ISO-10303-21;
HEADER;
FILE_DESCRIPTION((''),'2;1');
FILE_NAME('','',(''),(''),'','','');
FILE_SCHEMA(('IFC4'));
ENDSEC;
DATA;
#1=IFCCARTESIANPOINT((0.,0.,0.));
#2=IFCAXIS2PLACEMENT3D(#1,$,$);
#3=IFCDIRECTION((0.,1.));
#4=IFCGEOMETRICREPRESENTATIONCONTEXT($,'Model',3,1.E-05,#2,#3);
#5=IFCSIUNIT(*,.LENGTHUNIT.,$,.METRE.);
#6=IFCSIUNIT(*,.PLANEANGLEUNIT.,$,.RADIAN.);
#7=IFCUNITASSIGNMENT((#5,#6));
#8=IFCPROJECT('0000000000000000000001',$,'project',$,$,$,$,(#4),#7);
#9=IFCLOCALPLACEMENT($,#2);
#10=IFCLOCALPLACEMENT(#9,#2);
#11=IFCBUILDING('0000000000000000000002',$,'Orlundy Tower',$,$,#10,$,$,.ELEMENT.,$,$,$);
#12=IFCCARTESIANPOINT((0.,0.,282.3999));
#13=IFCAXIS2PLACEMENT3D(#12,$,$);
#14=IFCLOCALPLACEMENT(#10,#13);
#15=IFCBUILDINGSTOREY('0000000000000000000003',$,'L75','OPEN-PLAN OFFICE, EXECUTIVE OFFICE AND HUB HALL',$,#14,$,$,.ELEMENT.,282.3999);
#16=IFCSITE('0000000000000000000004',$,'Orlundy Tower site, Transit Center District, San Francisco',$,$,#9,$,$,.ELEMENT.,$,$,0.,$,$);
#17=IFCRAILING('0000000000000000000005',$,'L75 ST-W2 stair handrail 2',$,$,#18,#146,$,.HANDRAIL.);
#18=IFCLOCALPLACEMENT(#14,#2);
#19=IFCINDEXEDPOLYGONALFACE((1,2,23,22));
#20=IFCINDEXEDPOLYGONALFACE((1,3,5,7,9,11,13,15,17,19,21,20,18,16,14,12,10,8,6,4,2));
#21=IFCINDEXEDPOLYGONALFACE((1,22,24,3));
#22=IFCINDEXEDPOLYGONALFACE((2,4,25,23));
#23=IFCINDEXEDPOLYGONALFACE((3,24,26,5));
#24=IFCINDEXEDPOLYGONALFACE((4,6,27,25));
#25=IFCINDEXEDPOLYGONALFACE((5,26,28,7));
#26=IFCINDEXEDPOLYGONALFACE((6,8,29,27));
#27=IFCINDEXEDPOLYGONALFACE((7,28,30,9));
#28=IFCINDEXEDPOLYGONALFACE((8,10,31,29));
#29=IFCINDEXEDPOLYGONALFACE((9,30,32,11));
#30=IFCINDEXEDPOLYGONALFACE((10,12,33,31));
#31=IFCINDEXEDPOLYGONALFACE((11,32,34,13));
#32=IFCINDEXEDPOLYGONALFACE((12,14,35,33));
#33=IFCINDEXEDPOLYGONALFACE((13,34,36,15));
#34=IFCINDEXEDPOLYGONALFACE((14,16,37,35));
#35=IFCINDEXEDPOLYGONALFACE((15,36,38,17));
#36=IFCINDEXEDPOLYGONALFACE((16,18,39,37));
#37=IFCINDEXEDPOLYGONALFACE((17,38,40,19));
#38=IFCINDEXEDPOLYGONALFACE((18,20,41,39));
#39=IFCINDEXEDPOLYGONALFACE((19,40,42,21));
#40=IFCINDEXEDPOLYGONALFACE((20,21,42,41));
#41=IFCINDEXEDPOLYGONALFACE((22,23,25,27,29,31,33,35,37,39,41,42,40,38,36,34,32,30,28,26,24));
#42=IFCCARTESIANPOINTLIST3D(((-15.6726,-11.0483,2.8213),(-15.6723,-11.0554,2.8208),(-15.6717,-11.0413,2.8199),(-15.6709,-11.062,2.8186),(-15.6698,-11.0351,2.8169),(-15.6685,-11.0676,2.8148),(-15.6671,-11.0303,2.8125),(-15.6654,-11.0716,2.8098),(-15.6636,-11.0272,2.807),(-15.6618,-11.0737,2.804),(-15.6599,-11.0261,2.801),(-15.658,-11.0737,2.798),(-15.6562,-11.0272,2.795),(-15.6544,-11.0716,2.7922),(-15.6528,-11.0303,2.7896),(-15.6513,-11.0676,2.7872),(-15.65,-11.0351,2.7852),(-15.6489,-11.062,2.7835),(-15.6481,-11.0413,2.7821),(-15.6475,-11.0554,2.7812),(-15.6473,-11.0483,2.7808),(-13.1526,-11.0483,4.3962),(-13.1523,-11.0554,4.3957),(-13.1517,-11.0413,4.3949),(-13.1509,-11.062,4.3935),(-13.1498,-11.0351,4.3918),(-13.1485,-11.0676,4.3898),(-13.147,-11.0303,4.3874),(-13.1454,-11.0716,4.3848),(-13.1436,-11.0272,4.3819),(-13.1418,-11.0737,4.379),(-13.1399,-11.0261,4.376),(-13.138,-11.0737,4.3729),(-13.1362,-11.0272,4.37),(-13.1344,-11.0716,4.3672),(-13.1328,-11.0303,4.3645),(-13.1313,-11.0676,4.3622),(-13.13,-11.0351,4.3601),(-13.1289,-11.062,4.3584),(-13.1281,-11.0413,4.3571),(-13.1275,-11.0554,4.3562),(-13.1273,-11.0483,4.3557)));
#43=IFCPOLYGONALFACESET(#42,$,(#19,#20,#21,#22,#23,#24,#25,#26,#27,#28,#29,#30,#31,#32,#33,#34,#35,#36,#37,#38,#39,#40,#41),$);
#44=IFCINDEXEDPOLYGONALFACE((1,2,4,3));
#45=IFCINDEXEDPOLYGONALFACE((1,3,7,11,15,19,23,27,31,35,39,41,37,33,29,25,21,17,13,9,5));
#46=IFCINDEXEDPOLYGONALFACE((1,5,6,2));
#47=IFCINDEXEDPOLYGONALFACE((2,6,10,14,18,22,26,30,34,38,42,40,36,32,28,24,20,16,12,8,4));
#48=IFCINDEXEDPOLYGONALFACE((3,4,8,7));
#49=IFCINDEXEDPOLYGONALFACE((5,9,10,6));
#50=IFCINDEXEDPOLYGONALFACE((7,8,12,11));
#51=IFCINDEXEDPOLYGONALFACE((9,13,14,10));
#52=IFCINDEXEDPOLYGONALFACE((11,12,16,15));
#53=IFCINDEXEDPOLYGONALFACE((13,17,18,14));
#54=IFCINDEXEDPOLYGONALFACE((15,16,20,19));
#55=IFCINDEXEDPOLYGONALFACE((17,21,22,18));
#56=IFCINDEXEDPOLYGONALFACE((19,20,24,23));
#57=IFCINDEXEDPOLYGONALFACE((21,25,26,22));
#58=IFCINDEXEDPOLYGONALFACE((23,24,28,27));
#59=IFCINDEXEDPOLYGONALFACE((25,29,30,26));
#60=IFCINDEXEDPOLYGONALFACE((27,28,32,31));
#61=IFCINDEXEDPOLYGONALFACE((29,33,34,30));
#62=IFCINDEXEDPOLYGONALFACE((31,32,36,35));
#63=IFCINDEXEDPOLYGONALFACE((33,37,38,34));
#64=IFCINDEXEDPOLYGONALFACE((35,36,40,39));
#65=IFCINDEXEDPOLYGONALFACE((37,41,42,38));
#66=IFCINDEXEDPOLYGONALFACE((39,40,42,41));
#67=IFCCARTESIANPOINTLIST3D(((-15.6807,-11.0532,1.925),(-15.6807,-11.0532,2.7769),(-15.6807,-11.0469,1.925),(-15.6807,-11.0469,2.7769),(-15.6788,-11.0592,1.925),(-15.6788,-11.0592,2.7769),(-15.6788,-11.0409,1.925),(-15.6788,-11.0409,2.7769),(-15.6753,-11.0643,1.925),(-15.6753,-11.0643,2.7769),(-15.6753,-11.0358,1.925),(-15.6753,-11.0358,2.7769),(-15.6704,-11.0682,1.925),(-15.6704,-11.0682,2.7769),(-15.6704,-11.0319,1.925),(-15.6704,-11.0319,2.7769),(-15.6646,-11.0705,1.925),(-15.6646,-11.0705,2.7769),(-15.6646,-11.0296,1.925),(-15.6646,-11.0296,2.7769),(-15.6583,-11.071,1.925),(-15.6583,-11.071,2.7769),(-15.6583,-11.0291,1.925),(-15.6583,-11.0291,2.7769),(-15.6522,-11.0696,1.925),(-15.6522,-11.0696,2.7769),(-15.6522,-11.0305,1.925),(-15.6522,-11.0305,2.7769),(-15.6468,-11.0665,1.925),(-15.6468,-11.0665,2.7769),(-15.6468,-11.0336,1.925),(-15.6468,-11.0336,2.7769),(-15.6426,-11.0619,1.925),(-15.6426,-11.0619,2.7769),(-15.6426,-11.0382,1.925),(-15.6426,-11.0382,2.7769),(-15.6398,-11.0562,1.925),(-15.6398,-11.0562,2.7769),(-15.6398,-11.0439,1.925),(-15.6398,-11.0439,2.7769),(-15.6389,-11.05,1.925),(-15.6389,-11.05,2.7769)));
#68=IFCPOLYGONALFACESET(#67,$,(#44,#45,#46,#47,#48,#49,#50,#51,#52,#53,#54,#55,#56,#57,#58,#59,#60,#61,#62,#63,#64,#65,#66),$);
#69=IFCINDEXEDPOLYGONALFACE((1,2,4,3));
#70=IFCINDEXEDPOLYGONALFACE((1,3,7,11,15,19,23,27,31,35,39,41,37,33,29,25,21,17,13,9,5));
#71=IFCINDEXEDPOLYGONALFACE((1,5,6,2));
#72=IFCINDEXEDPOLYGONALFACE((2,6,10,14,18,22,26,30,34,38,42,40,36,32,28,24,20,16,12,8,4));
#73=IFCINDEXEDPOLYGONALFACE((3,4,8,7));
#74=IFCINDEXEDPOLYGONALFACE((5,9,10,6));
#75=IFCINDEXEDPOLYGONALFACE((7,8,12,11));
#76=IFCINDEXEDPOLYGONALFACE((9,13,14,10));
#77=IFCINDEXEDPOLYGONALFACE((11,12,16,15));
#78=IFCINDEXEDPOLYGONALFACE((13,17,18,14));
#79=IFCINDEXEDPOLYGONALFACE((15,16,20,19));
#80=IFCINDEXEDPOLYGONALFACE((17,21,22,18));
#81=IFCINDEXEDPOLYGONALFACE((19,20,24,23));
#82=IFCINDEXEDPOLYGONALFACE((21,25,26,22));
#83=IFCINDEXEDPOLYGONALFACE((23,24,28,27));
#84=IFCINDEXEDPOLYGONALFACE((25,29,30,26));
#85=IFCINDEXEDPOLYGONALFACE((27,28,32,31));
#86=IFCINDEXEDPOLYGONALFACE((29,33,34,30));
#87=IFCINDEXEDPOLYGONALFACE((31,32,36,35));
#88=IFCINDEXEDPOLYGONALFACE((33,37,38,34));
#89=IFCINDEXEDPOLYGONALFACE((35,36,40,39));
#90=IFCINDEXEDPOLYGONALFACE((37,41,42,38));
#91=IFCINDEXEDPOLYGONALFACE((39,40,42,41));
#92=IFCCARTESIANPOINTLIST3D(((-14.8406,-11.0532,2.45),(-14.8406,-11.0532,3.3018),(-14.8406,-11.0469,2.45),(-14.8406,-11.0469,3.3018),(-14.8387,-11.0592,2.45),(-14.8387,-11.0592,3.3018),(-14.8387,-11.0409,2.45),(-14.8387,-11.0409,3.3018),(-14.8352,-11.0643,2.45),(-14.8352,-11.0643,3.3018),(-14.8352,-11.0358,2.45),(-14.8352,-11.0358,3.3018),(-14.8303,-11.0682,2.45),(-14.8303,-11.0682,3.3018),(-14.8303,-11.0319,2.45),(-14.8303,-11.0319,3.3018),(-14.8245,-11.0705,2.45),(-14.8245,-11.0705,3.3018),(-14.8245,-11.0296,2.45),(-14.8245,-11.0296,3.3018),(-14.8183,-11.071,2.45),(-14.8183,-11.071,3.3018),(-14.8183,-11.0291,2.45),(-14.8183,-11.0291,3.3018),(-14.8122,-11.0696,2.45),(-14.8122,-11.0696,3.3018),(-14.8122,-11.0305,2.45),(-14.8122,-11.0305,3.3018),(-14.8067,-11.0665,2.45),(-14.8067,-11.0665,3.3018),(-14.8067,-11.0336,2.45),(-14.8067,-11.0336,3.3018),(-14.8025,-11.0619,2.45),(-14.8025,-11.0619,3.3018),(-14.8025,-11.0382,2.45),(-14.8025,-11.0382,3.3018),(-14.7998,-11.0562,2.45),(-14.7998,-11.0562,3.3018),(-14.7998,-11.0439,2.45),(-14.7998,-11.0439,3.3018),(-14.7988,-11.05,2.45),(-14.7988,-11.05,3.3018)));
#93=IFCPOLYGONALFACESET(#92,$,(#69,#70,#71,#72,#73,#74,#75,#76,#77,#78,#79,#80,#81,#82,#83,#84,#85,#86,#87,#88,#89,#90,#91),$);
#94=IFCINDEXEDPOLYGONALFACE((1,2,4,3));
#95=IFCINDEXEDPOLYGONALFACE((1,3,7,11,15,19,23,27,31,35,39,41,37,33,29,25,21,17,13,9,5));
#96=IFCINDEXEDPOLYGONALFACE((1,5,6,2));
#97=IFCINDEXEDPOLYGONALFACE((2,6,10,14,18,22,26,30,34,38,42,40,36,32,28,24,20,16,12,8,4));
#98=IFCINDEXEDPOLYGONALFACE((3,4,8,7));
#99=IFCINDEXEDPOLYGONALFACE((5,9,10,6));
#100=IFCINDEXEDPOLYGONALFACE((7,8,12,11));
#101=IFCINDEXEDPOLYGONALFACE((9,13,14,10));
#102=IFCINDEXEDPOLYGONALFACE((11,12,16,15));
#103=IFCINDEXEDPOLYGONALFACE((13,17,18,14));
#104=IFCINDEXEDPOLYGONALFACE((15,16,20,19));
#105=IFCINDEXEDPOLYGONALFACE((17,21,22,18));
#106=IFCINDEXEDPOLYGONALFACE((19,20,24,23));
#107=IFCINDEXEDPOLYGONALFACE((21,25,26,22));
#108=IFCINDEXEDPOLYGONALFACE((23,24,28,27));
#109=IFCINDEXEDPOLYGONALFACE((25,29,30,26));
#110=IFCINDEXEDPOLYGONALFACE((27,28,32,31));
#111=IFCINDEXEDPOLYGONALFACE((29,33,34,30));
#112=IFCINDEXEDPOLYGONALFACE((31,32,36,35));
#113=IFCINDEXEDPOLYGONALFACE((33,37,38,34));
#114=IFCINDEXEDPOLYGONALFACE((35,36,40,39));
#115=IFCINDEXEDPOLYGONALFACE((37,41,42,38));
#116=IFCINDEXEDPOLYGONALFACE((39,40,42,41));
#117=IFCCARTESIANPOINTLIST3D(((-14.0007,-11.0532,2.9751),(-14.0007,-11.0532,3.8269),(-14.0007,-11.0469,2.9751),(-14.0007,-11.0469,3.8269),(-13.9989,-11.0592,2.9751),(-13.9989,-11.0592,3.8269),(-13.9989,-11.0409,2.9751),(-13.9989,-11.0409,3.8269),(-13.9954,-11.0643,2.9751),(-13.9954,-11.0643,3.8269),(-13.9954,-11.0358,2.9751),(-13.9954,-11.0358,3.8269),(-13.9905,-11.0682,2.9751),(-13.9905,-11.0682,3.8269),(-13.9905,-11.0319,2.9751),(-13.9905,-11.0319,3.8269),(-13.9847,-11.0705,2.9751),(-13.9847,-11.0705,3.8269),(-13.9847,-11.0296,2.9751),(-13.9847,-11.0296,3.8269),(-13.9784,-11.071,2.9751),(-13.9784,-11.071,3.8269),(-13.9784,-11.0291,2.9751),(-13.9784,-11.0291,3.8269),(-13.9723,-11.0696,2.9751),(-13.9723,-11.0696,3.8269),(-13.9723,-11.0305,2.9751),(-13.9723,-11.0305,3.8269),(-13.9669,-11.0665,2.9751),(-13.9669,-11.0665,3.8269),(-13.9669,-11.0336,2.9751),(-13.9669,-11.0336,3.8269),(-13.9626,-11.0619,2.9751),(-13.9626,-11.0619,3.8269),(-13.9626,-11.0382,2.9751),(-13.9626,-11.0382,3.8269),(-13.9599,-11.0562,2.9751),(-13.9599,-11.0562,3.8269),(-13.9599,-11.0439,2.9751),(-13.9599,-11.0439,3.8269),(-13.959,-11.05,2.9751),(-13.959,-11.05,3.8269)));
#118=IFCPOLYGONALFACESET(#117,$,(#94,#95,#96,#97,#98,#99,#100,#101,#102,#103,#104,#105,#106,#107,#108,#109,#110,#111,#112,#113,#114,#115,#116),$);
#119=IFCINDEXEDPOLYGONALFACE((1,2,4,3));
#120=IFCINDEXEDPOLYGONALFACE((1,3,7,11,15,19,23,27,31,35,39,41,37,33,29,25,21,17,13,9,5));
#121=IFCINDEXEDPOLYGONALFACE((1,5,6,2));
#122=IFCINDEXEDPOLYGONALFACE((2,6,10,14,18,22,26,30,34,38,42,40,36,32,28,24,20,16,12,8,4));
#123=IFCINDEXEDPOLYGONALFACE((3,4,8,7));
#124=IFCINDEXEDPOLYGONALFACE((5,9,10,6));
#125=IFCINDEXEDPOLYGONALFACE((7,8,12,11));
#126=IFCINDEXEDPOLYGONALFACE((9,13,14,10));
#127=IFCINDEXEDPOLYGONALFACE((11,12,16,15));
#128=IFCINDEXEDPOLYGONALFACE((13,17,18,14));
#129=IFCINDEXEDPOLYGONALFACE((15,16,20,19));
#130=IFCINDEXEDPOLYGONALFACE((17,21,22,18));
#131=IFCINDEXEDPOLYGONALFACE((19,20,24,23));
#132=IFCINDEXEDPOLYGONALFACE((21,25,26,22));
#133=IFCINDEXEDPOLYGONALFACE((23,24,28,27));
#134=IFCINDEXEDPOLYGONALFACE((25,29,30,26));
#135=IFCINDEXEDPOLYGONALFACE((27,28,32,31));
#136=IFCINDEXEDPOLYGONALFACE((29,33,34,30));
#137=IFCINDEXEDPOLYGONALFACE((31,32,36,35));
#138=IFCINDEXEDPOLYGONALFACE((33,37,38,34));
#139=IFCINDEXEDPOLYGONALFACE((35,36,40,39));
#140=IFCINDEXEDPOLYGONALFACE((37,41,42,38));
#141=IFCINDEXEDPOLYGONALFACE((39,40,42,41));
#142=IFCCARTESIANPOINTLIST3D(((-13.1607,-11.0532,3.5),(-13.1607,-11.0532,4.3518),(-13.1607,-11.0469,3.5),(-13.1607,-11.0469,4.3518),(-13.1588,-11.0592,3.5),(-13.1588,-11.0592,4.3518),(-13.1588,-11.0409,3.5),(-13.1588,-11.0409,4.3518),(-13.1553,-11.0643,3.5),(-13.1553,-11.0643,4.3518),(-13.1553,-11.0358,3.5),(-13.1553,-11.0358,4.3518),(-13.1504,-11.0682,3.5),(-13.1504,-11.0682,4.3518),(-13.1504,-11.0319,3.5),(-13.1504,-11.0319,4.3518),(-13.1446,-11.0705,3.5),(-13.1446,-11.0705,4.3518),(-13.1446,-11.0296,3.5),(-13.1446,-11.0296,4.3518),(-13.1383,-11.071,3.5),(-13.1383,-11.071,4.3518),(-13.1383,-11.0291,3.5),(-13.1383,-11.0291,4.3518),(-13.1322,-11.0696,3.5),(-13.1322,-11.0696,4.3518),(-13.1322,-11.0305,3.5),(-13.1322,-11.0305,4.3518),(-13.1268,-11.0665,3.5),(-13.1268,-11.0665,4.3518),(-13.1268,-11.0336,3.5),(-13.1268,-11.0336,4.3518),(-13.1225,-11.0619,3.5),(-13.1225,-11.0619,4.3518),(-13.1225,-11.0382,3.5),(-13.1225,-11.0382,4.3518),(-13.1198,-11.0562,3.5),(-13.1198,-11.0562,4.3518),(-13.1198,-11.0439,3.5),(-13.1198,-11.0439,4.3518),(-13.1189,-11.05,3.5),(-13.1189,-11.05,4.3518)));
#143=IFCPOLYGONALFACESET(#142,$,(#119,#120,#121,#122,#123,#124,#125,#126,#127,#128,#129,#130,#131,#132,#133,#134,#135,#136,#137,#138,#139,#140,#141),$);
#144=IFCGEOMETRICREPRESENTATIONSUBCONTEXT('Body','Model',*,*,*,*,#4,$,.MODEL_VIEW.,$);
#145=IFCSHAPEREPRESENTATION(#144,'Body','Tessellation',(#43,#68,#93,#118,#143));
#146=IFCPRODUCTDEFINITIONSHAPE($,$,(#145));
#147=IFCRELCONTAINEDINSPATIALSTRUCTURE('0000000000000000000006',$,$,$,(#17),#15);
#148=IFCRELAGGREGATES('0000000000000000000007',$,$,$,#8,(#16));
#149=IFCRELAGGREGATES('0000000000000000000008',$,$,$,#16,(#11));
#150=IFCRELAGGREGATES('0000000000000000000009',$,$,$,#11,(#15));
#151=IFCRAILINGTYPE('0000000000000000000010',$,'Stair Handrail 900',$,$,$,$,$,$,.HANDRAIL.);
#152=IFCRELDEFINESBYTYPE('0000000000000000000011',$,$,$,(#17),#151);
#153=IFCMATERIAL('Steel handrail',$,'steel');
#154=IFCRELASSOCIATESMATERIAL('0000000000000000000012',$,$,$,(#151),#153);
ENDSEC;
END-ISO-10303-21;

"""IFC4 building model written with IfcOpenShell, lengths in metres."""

from ifc_helpers import new_model, si_unit, direction, frame, origin, origin_2d, place, context, subcontext, project, spatial, circle, extrude, material, type_object, element, save


model = new_model("IFC4")

# Units and contexts
model_context = context("Model", 3, precision=1e-05, world=origin(), true_north=direction((0.0, 1.0)))
body_context = subcontext(model_context, "Body", "Model", "MODEL_VIEW")
ifc_project = project(units=[si_unit("LENGTHUNIT", "METRE"), si_unit("PLANEANGLEUNIT", "RADIAN")], contexts=[model_context])

# Site, building, storey
site_placement = place(None, origin())
site = spatial("IfcSite", under=ifc_project, at=site_placement, Name="Orlundy Tower site, Transit Center District, San Francisco", CompositionType="ELEMENT", RefElevation=0.0)
building_placement = place(site_placement, origin())
building = spatial("IfcBuilding", under=site, at=building_placement, Name="Orlundy Tower", CompositionType="ELEMENT")
storey_placement = place(building_placement, frame((0.0, 0.0, 282.3999)))
storey = spatial("IfcBuildingStorey", under=building, at=storey_placement, Name="L75", Description="OPEN-PLAN OFFICE, EXECUTIVE OFFICE AND HUB HALL", CompositionType="ELEMENT", Elevation=282.3999)

# Railing
ifc_material_1 = material(Name="Steel handrail", Category="steel")
railing_type = type_object("IfcRailingType", Name="Stair Handrail 900", PredefinedType="HANDRAIL", material=ifc_material_1)
railing_placement = place(storey_placement, frame((-15.6599, -11.05, 1.925)))
element("IfcRailing", 1, at=railing_placement, inside=storey, type_object=railing_type, Name="L75 ST-W2 stair handrail 2", PredefinedType="HANDRAIL", context=body_context, shape_type="SweptSolid", body=[
    extrude(circle(Radius=0.0239, at=origin_2d()), frame((0.0, 0.0, 0.876), z_axis=(0.848008, 0.0, 0.529984), x_axis=(0.0, 1.0, 0.0)), (0.0, 0.0, 1.0), 2.9717),
    extrude(circle(Radius=0.021, at=origin_2d()), origin(), (0.0, 0.0, 1.0), 0.8518),
    extrude(circle(Radius=0.021, at=origin_2d()), frame((0.8401, 0.0, 0.5249)), (0.0, 0.0, 1.0), 0.8518),
    extrude(circle(Radius=0.021, at=origin_2d()), frame((1.6799, 0.0, 1.05)), (0.0, 0.0, 1.0), 0.8518),
    extrude(circle(Radius=0.021, at=origin_2d()), frame((2.52, 0.0, 1.575)), (0.0, 0.0, 1.0), 0.8518),
])

save(model, "model.ifc")
